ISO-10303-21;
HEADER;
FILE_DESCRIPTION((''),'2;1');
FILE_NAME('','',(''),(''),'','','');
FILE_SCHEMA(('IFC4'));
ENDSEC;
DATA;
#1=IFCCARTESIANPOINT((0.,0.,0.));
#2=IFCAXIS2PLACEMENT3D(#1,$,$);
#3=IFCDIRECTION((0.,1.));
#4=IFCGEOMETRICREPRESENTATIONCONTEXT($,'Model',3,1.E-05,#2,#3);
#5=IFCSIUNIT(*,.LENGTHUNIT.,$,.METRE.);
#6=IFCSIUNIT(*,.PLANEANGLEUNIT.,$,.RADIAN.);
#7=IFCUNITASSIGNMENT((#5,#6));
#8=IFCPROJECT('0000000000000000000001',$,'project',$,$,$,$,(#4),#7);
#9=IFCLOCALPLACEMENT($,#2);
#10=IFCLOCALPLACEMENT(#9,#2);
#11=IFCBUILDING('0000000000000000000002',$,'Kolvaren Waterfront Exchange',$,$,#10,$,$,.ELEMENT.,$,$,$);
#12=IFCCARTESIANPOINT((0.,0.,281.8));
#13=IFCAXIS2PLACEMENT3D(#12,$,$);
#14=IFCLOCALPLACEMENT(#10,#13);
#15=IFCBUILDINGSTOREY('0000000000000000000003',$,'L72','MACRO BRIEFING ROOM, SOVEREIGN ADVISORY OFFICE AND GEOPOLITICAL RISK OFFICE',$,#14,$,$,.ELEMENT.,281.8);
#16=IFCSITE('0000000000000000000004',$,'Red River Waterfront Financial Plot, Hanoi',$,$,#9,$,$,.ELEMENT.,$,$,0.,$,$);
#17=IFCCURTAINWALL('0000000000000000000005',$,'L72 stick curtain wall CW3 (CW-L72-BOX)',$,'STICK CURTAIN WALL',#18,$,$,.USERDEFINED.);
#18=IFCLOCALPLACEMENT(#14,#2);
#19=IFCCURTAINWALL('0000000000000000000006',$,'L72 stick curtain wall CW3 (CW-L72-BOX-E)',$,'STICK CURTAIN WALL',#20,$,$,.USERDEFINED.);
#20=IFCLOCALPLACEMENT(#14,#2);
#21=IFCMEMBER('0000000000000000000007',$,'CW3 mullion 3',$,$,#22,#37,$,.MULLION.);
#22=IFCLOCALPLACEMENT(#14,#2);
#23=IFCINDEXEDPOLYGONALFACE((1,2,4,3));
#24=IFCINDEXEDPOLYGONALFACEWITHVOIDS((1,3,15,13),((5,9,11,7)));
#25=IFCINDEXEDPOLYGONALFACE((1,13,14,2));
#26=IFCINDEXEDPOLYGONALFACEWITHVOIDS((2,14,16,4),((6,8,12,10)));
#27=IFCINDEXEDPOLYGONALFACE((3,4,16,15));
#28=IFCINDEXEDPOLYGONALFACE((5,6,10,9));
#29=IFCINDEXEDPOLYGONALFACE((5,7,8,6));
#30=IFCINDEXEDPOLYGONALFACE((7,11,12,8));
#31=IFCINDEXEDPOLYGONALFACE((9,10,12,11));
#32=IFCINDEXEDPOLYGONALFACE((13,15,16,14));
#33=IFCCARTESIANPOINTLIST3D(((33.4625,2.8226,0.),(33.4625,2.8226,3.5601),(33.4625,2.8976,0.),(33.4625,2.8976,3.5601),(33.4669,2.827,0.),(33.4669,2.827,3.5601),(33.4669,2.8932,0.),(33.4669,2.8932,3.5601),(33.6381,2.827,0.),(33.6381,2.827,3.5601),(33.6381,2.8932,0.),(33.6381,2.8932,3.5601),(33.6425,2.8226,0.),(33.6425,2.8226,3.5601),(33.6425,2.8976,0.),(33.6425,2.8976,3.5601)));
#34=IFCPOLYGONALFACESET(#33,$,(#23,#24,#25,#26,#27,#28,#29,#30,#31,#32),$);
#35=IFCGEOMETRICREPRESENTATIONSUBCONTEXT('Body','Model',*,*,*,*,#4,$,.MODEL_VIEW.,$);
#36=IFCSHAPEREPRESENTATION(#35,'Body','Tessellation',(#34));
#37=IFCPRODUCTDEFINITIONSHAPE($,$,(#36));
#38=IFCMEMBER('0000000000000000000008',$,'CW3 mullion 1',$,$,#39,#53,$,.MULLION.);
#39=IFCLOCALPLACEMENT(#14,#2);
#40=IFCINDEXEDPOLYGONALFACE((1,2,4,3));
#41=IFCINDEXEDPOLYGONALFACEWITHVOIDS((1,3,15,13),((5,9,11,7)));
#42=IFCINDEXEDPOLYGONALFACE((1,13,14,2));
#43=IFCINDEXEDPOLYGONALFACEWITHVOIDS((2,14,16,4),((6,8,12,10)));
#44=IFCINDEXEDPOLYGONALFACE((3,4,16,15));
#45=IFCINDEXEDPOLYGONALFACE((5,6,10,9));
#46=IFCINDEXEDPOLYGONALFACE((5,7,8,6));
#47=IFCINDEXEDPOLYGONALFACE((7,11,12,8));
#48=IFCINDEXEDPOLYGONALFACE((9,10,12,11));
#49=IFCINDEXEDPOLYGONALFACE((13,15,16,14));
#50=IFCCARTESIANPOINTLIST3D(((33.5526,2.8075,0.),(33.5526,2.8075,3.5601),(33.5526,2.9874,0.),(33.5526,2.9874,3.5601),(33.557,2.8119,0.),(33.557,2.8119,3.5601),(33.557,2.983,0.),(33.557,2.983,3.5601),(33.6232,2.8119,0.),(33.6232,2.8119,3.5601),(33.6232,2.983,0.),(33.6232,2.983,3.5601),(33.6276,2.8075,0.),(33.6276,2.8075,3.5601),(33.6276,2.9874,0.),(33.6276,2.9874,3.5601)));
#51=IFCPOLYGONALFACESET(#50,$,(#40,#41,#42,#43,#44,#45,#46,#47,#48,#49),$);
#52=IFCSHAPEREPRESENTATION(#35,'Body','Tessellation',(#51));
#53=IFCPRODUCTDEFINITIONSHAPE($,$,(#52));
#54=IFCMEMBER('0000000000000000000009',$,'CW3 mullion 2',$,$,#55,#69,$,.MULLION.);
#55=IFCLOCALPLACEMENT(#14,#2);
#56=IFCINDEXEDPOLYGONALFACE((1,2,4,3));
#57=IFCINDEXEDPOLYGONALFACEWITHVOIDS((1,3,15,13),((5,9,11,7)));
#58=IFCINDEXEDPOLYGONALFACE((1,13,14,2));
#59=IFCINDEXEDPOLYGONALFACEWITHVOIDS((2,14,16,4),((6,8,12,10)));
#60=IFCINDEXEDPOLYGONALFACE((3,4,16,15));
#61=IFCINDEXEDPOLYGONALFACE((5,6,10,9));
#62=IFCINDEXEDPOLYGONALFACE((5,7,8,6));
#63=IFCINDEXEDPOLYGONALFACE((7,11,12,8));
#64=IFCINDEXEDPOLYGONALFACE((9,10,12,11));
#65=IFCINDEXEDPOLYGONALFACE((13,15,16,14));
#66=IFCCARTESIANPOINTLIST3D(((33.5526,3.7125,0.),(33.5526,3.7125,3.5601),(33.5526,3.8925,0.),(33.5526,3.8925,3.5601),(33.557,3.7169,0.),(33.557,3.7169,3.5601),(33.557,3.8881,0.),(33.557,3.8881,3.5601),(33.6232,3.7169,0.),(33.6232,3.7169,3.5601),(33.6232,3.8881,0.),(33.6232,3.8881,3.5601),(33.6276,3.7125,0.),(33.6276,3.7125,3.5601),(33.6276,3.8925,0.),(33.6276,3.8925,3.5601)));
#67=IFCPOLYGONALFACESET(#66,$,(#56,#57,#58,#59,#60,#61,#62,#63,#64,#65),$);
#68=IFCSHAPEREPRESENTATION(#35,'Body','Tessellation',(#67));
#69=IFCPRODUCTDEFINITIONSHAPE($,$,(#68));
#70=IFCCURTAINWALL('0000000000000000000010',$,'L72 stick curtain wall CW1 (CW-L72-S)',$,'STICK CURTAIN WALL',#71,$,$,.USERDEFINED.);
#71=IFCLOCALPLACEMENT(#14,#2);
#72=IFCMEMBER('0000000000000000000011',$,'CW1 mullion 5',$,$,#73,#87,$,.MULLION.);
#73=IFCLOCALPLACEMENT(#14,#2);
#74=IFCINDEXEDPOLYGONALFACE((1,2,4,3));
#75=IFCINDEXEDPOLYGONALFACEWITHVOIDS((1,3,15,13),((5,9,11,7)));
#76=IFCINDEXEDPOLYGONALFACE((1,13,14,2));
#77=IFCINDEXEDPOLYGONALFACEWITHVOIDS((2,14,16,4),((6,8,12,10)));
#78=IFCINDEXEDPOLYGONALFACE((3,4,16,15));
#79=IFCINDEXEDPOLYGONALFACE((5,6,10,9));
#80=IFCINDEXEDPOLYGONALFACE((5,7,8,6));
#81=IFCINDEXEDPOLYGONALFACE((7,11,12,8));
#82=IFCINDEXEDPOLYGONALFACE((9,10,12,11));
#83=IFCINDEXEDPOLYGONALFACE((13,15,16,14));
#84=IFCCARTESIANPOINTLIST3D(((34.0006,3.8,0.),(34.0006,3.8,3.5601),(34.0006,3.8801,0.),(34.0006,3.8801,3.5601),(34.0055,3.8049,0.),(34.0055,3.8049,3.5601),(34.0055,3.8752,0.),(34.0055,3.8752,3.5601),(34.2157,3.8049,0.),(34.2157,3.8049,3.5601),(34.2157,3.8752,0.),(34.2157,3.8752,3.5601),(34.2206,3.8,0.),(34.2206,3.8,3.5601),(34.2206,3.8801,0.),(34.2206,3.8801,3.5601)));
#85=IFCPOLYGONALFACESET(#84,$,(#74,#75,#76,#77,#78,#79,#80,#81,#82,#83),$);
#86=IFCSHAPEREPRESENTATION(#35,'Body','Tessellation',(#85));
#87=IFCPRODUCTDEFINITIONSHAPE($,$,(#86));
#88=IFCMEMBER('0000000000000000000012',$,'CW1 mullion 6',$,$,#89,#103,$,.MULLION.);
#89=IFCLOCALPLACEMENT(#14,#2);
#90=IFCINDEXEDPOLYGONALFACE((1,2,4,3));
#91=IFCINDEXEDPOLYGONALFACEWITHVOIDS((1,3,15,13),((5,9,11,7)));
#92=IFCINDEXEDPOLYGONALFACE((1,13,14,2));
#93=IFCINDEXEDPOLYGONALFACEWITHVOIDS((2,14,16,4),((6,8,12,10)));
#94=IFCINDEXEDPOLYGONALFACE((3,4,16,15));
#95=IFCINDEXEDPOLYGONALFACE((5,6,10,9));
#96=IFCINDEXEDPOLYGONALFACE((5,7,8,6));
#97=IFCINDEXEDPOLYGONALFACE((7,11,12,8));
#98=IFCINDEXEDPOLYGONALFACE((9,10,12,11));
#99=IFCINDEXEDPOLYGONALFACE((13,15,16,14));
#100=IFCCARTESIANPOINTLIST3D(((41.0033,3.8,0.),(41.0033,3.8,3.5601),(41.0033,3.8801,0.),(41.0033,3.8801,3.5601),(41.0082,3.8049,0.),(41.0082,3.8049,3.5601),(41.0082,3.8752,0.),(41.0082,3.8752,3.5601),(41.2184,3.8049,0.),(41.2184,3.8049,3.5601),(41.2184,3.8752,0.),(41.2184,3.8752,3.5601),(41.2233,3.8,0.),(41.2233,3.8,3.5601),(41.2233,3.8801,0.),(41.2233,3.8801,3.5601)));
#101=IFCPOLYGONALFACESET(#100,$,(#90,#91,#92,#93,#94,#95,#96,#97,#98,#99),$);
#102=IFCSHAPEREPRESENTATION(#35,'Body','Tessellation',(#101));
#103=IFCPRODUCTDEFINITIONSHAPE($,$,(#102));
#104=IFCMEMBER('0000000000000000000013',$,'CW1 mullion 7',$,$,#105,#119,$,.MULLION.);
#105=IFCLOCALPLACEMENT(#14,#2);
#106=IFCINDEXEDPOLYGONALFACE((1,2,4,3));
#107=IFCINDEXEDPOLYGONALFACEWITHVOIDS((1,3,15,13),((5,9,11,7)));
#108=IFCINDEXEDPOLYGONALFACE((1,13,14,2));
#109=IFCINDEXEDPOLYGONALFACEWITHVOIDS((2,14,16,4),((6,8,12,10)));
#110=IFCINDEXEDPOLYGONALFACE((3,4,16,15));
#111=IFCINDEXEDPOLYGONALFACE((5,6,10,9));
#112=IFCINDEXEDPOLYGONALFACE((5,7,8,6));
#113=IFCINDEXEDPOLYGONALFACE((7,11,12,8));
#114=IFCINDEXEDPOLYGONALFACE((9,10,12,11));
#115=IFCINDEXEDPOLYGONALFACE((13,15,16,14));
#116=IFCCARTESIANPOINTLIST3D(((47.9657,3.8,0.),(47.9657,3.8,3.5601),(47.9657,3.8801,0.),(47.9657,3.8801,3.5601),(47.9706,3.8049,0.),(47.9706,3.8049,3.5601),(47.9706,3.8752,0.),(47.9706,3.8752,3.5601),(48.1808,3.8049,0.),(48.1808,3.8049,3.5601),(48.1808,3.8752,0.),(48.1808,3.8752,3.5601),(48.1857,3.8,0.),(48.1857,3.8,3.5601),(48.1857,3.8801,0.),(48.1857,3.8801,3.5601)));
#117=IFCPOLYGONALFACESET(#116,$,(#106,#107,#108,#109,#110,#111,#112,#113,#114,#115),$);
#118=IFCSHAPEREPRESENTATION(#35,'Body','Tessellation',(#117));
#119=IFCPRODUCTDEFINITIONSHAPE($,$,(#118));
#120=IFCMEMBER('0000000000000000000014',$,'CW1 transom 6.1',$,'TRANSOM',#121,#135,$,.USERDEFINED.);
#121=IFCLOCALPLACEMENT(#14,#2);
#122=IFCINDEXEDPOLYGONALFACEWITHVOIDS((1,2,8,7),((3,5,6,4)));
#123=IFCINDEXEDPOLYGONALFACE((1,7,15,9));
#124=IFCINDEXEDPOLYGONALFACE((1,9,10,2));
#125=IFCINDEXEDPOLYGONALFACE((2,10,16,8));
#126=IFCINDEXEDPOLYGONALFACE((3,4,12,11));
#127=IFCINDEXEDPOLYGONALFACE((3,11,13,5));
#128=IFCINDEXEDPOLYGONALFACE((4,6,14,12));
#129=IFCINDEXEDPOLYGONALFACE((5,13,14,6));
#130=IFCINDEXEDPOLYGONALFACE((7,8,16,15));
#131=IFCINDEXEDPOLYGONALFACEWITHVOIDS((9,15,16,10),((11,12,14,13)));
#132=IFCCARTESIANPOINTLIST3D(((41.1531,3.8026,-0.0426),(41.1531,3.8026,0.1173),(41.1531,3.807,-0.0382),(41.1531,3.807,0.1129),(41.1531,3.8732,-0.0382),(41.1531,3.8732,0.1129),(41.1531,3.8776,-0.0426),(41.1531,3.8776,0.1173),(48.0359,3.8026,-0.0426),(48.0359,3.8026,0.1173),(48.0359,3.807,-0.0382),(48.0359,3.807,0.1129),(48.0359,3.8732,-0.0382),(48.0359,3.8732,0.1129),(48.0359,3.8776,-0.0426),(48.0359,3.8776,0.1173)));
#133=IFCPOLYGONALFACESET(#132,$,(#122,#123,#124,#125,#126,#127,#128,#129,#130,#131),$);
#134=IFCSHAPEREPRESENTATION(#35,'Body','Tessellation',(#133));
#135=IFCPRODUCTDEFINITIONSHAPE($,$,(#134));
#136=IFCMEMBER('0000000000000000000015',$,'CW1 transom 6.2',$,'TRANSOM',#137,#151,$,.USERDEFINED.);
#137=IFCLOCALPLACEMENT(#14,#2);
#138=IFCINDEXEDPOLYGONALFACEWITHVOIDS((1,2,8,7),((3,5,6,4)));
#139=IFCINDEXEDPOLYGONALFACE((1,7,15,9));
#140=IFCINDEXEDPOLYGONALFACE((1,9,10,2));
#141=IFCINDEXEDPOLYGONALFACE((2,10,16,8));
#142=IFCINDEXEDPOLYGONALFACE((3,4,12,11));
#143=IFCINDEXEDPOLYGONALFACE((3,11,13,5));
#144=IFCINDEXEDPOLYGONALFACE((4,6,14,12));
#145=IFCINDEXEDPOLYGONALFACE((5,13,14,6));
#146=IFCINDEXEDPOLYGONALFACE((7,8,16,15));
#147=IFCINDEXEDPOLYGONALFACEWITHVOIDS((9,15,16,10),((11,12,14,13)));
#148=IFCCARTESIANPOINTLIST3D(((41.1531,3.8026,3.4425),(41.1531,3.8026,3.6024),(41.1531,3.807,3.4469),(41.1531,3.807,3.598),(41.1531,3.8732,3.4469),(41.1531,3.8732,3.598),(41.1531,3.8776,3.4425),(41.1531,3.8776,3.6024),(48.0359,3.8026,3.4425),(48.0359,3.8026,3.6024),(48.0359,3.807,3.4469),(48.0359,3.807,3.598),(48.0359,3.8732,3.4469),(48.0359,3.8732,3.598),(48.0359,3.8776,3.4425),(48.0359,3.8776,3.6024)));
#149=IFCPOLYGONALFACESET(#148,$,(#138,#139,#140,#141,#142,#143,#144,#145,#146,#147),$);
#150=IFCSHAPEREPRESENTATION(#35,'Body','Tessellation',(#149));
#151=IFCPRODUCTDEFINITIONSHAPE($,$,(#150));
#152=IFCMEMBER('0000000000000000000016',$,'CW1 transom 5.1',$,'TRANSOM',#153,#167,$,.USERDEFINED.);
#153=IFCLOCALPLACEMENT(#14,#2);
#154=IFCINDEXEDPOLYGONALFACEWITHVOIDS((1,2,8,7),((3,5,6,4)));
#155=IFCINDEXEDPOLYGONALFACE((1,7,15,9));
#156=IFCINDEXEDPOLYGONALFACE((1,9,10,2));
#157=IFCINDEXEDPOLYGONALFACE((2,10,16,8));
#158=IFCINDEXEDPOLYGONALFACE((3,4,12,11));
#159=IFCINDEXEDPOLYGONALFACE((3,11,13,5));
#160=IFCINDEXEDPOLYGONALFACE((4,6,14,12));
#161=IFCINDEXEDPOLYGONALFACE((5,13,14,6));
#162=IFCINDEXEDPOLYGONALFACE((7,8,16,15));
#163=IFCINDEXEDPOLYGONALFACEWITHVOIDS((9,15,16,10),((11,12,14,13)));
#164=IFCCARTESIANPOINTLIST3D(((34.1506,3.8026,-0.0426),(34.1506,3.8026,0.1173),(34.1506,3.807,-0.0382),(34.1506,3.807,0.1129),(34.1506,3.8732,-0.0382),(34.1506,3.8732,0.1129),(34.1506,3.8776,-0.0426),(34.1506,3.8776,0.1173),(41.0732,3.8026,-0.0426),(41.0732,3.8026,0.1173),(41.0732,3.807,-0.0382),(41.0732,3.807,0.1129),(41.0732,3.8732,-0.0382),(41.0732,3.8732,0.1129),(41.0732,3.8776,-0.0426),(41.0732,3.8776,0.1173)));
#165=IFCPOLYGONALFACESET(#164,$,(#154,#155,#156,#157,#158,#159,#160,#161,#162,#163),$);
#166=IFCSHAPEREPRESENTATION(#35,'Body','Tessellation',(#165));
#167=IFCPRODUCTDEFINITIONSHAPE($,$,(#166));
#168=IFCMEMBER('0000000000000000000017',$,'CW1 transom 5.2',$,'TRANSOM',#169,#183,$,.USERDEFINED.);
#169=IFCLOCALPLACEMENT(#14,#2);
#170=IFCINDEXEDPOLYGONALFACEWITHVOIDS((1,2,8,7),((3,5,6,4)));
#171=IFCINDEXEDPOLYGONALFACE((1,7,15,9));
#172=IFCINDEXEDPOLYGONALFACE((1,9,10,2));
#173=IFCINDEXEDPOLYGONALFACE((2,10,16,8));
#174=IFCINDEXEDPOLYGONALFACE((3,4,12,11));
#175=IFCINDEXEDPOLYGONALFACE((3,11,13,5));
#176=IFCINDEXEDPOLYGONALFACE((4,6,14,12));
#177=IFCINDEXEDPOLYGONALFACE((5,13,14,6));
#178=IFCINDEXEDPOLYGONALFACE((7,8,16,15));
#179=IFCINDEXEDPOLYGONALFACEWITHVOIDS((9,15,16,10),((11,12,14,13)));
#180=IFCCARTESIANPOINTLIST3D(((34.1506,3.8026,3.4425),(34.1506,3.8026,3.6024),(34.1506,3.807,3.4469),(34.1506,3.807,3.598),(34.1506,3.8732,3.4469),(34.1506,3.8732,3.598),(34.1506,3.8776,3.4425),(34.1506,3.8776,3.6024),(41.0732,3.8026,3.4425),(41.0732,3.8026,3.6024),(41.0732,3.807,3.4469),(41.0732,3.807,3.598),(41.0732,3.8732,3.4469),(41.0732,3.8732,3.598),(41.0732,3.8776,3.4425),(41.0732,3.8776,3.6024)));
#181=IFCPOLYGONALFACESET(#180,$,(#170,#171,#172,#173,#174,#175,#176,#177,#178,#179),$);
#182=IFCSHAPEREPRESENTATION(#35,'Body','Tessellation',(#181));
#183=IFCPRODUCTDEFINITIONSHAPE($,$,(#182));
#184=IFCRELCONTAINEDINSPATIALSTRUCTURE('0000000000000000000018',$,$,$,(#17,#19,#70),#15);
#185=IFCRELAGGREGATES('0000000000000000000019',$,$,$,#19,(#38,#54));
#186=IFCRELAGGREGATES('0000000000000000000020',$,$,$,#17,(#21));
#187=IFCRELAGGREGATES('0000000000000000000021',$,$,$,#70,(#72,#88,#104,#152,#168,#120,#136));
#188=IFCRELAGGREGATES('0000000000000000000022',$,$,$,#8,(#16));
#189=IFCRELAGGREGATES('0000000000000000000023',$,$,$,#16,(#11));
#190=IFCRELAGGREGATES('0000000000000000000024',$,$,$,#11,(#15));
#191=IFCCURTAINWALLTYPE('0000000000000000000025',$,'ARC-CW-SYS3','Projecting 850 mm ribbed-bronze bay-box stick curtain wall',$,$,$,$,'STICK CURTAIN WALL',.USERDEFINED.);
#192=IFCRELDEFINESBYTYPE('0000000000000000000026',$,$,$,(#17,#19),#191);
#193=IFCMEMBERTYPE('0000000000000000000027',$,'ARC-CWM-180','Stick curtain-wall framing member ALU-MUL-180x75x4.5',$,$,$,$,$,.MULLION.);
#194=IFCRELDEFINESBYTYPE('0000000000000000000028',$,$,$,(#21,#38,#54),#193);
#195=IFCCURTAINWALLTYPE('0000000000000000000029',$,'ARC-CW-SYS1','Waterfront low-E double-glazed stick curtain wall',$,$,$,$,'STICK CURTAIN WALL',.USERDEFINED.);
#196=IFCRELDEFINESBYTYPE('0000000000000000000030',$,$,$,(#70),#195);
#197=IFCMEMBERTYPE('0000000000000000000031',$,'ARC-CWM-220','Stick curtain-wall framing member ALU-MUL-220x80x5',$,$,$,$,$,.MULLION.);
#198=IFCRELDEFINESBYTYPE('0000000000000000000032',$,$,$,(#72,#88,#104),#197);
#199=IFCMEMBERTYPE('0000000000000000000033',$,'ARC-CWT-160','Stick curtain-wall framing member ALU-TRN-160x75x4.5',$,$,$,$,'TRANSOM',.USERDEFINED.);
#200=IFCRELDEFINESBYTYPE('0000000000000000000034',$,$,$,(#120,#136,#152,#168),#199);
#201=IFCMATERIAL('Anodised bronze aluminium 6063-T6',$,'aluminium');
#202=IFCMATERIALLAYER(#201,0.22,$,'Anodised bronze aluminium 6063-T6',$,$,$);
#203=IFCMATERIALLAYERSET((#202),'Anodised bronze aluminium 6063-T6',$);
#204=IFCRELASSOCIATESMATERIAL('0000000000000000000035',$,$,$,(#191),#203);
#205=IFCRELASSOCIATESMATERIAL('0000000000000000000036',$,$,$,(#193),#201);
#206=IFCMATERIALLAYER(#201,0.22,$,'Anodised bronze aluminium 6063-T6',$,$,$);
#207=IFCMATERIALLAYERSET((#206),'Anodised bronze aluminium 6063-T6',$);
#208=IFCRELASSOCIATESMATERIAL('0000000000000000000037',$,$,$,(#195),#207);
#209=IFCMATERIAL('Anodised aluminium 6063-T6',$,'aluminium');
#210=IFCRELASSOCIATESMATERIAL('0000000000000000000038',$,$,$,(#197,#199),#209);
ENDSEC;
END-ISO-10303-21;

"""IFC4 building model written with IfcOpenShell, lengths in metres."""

from ifc_helpers import new_model, si_unit, direction, frame, origin, origin_with_axes, origin_2d, place, context, subcontext, project, spatial, hollow_rectangle, extrude, source, transform, mapped, material, layer, layer_set, material_profile, profile_set, type_object, element, aggregate, save


model = new_model("IFC4")

# Units and contexts
model_context = context("Model", 3, precision=1e-05, world=origin(), true_north=direction((0.0, 1.0)))
body_context = subcontext(model_context, "Body", "Model", "MODEL_VIEW")
ifc_project = project(units=[si_unit("LENGTHUNIT", "METRE"), si_unit("PLANEANGLEUNIT", "RADIAN")], contexts=[model_context])

# Site, building, storey
site_placement = place(None, origin())
site = spatial("IfcSite", under=ifc_project, at=site_placement, Name="Red River Waterfront Financial Plot, Hanoi", CompositionType="ELEMENT", RefElevation=0.0)
building_placement = place(site_placement, origin())
building = spatial("IfcBuilding", under=site, at=building_placement, Name="Kolvaren Waterfront Exchange", CompositionType="ELEMENT")
storey_placement = place(building_placement, frame((0.0, 0.0, 281.8)))
storey = spatial("IfcBuildingStorey", under=building, at=storey_placement, Name="L72", Description="MACRO BRIEFING ROOM, SOVEREIGN ADVISORY OFFICE AND GEOPOLITICAL RISK OFFICE", CompositionType="ELEMENT", Elevation=281.8)

# Curtain walls
ifc_material_1 = material(Name="Anodised bronze aluminium 6063-T6", Category="aluminium")
ifc_layer_1 = layer(ifc_material_1, 0.22, Name="Anodised bronze aluminium 6063-T6")
ifc_layer_set_1 = layer_set([ifc_layer_1], Name="Anodised bronze aluminium 6063-T6")
curtain_wall_type_1 = type_object("IfcCurtainWallType", Name="ARC-CW-SYS3", Description="Projecting 850 mm ribbed-bronze bay-box stick curtain wall", ElementType="STICK CURTAIN WALL", PredefinedType="USERDEFINED", material=ifc_layer_set_1)
curtain_wall_1_placement = place(storey_placement, origin())
curtain_wall_1 = element("IfcCurtainWall", 1, at=curtain_wall_1_placement, inside=storey, type_object=curtain_wall_type_1, Name="L72 stick curtain wall CW3 (CW-L72-BOX)", ObjectType="STICK CURTAIN WALL", PredefinedType="USERDEFINED")
curtain_wall_2_placement = place(storey_placement, origin())
curtain_wall_2 = element("IfcCurtainWall", 2, at=curtain_wall_2_placement, inside=storey, type_object=curtain_wall_type_1, Name="L72 stick curtain wall CW3 (CW-L72-BOX-E)", ObjectType="STICK CURTAIN WALL", PredefinedType="USERDEFINED")

# Members
ifc_material_profile_1 = material_profile(ifc_material_1, hollow_rectangle(XDim=0.075, YDim=0.1799, WallThickness=0.0044, at=origin_2d()), Name="ALU-MUL-180x75x4.5")
ifc_profile_set_1 = profile_set([ifc_material_profile_1], Name="Anodised bronze aluminium 6063-T6")
member_type_1 = type_object("IfcMemberType", Name="ARC-CWM-180", Description="Stick curtain-wall framing member ALU-MUL-180x75x4.5", PredefinedType="MULLION", material=ifc_profile_set_1)
shared_shape_1 = source(origin_with_axes(), body_context, "Body", "SweptSolid", [
    extrude(hollow_rectangle(XDim=0.075, YDim=0.1799, WallThickness=0.0044, at=origin_2d()), origin(), (0.0, 0.0, 1.0), 3.5601),
])
member_1_placement = place(storey_placement, frame((33.5525, 2.8601, 0.0), z_axis=(0.0, 0.0, 1.0), x_axis=(0.0, 1.0, 0.0)))
member_1 = element("IfcMember", 3, at=member_1_placement, type_object=member_type_1, Name="CW3 mullion 3", PredefinedType="MULLION", context=body_context, shape_type="MappedRepresentation", body=[
    mapped(shared_shape_1, transform((0.0, 0.0, 0.0), x_axis=(1.0, 0.0, 0.0), y_axis=(0.0, 1.0, 0.0), z_axis=(0.0, 0.0, 1.0), scale=1.0)),
])
member_2_placement = place(storey_placement, frame((33.5901, 2.8975, 0.0), z_axis=(0.0, 0.0, 1.0), x_axis=(-1.0, 0.0, 0.0)))
member_2 = element("IfcMember", 4, at=member_2_placement, type_object=member_type_1, Name="CW3 mullion 1", PredefinedType="MULLION", context=body_context, shape_type="MappedRepresentation", body=[
    mapped(shared_shape_1, transform((0.0, 0.0, 0.0), x_axis=(1.0, 0.0, 0.0), y_axis=(0.0, 1.0, 0.0), z_axis=(0.0, 0.0, 1.0), scale=1.0)),
])
member_3_placement = place(storey_placement, frame((33.5901, 3.8025, 0.0), z_axis=(0.0, 0.0, 1.0), x_axis=(-1.0, 0.0, 0.0)))
member_3 = element("IfcMember", 5, at=member_3_placement, type_object=member_type_1, Name="CW3 mullion 2", PredefinedType="MULLION", context=body_context, shape_type="MappedRepresentation", body=[
    mapped(shared_shape_1, transform((0.0, 0.0, 0.0), x_axis=(1.0, 0.0, 0.0), y_axis=(0.0, 1.0, 0.0), z_axis=(0.0, 0.0, 1.0), scale=1.0)),
])

# Curtain wall, members
ifc_layer_2 = layer(ifc_material_1, 0.22, Name="Anodised bronze aluminium 6063-T6")
ifc_layer_set_2 = layer_set([ifc_layer_2], Name="Anodised bronze aluminium 6063-T6")
curtain_wall_type_2 = type_object("IfcCurtainWallType", Name="ARC-CW-SYS1", Description="Waterfront low-E double-glazed stick curtain wall", ElementType="STICK CURTAIN WALL", PredefinedType="USERDEFINED", material=ifc_layer_set_2)
curtain_wall_3_placement = place(storey_placement, origin())
curtain_wall_3 = element("IfcCurtainWall", 6, at=curtain_wall_3_placement, inside=storey, type_object=curtain_wall_type_2, Name="L72 stick curtain wall CW1 (CW-L72-S)", ObjectType="STICK CURTAIN WALL", PredefinedType="USERDEFINED")
ifc_material_2 = material(Name="Anodised aluminium 6063-T6", Category="aluminium")
ifc_material_profile_2 = material_profile(ifc_material_2, hollow_rectangle(XDim=0.0801, YDim=0.22, WallThickness=0.0049, at=origin_2d()), Name="ALU-MUL-220x80x5")
ifc_profile_set_2 = profile_set([ifc_material_profile_2], Name="Anodised aluminium 6063-T6")
member_type_2 = type_object("IfcMemberType", Name="ARC-CWM-220", Description="Stick curtain-wall framing member ALU-MUL-220x80x5", PredefinedType="MULLION", material=ifc_profile_set_2)
shared_shape_2 = source(origin_with_axes(), body_context, "Body", "SweptSolid", [
    extrude(hollow_rectangle(XDim=0.0801, YDim=0.22, WallThickness=0.0049, at=origin_2d()), origin(), (0.0, 0.0, 1.0), 3.5601),
])
member_4_placement = place(storey_placement, frame((34.1106, 3.8401, 0.0), z_axis=(0.0, 0.0, 1.0), x_axis=(0.0, 1.0, 0.0)))
member_4 = element("IfcMember", 7, at=member_4_placement, type_object=member_type_2, Name="CW1 mullion 5", PredefinedType="MULLION", context=body_context, shape_type="MappedRepresentation", body=[
    mapped(shared_shape_2, transform((0.0, 0.0, 0.0), x_axis=(1.0, 0.0, 0.0), y_axis=(0.0, 1.0, 0.0), z_axis=(0.0, 0.0, 1.0), scale=1.0)),
])
member_5_placement = place(storey_placement, frame((41.1133, 3.8401, 0.0), z_axis=(0.0, 0.0, 1.0), x_axis=(0.0, 1.0, 0.0)))
member_5 = element("IfcMember", 8, at=member_5_placement, type_object=member_type_2, Name="CW1 mullion 6", PredefinedType="MULLION", context=body_context, shape_type="MappedRepresentation", body=[
    mapped(shared_shape_2, transform((0.0, 0.0, 0.0), x_axis=(1.0, 0.0, 0.0), y_axis=(0.0, 1.0, 0.0), z_axis=(0.0, 0.0, 1.0), scale=1.0)),
])
member_6_placement = place(storey_placement, frame((48.0757, 3.8401, 0.0), z_axis=(0.0, 0.0, 1.0), x_axis=(0.0, 1.0, 0.0)))
member_6 = element("IfcMember", 9, at=member_6_placement, type_object=member_type_2, Name="CW1 mullion 7", PredefinedType="MULLION", context=body_context, shape_type="MappedRepresentation", body=[
    mapped(shared_shape_2, transform((0.0, 0.0, 0.0), x_axis=(1.0, 0.0, 0.0), y_axis=(0.0, 1.0, 0.0), z_axis=(0.0, 0.0, 1.0), scale=1.0)),
])
ifc_material_profile_3 = material_profile(ifc_material_2, hollow_rectangle(XDim=0.075, YDim=0.1599, WallThickness=0.0044, at=origin_2d()), Name="ALU-TRN-160x75x4.5")
ifc_profile_set_3 = profile_set([ifc_material_profile_3], Name="Anodised aluminium 6063-T6")
member_type_3 = type_object("IfcMemberType", Name="ARC-CWT-160", Description="Stick curtain-wall framing member ALU-TRN-160x75x4.5", ElementType="TRANSOM", PredefinedType="USERDEFINED", material=ifc_profile_set_3)
shared_shape_3 = source(origin_with_axes(), body_context, "Body", "SweptSolid", [
    extrude(hollow_rectangle(XDim=0.075, YDim=0.1599, WallThickness=0.0044, at=origin_2d()), origin(), (0.0, 0.0, 1.0), 6.8828),
])
member_7_placement = place(storey_placement, frame((41.1531, 3.8401, 0.0374), z_axis=(1.0, 0.0, 0.0), x_axis=(0.0, 1.0, 0.0)))
member_7 = element("IfcMember", 10, at=member_7_placement, type_object=member_type_3, Name="CW1 transom 6.1", ObjectType="TRANSOM", PredefinedType="USERDEFINED", context=body_context, shape_type="MappedRepresentation", body=[
    mapped(shared_shape_3, transform((0.0, 0.0, 0.0), x_axis=(1.0, 0.0, 0.0), y_axis=(0.0, 1.0, 0.0), z_axis=(0.0, 0.0, 1.0), scale=1.0)),
])
member_8_placement = place(storey_placement, frame((41.1531, 3.8401, 3.5225), z_axis=(1.0, 0.0, 0.0), x_axis=(0.0, 1.0, 0.0)))
member_8 = element("IfcMember", 11, at=member_8_placement, type_object=member_type_3, Name="CW1 transom 6.2", ObjectType="TRANSOM", PredefinedType="USERDEFINED", context=body_context, shape_type="MappedRepresentation", body=[
    mapped(shared_shape_3, transform((0.0, 0.0, 0.0), x_axis=(1.0, 0.0, 0.0), y_axis=(0.0, 1.0, 0.0), z_axis=(0.0, 0.0, 1.0), scale=1.0)),
])
shared_shape_4 = source(origin_with_axes(), body_context, "Body", "SweptSolid", [
    extrude(hollow_rectangle(XDim=0.075, YDim=0.1599, WallThickness=0.0044, at=origin_2d()), origin(), (0.0, 0.0, 1.0), 6.9226),
])
member_9_placement = place(storey_placement, frame((34.1506, 3.8401, 0.0374), z_axis=(1.0, 0.0, 0.0), x_axis=(0.0, 1.0, 0.0)))
member_9 = element("IfcMember", 12, at=member_9_placement, type_object=member_type_3, Name="CW1 transom 5.1", ObjectType="TRANSOM", PredefinedType="USERDEFINED", context=body_context, shape_type="MappedRepresentation", body=[
    mapped(shared_shape_4, transform((0.0, 0.0, 0.0), x_axis=(1.0, 0.0, 0.0), y_axis=(0.0, 1.0, 0.0), z_axis=(0.0, 0.0, 1.0), scale=1.0)),
])
member_10_placement = place(storey_placement, frame((34.1506, 3.8401, 3.5225), z_axis=(1.0, 0.0, 0.0), x_axis=(0.0, 1.0, 0.0)))
member_10 = element("IfcMember", 13, at=member_10_placement, type_object=member_type_3, Name="CW1 transom 5.2", ObjectType="TRANSOM", PredefinedType="USERDEFINED", context=body_context, shape_type="MappedRepresentation", body=[
    mapped(shared_shape_4, transform((0.0, 0.0, 0.0), x_axis=(1.0, 0.0, 0.0), y_axis=(0.0, 1.0, 0.0), z_axis=(0.0, 0.0, 1.0), scale=1.0)),
])

aggregate(curtain_wall_2, [member_2, member_3])
aggregate(curtain_wall_1, [member_1])
aggregate(curtain_wall_3, [member_4, member_5, member_6, member_9, member_10, member_7, member_8])

save(model, "model.ifc")
